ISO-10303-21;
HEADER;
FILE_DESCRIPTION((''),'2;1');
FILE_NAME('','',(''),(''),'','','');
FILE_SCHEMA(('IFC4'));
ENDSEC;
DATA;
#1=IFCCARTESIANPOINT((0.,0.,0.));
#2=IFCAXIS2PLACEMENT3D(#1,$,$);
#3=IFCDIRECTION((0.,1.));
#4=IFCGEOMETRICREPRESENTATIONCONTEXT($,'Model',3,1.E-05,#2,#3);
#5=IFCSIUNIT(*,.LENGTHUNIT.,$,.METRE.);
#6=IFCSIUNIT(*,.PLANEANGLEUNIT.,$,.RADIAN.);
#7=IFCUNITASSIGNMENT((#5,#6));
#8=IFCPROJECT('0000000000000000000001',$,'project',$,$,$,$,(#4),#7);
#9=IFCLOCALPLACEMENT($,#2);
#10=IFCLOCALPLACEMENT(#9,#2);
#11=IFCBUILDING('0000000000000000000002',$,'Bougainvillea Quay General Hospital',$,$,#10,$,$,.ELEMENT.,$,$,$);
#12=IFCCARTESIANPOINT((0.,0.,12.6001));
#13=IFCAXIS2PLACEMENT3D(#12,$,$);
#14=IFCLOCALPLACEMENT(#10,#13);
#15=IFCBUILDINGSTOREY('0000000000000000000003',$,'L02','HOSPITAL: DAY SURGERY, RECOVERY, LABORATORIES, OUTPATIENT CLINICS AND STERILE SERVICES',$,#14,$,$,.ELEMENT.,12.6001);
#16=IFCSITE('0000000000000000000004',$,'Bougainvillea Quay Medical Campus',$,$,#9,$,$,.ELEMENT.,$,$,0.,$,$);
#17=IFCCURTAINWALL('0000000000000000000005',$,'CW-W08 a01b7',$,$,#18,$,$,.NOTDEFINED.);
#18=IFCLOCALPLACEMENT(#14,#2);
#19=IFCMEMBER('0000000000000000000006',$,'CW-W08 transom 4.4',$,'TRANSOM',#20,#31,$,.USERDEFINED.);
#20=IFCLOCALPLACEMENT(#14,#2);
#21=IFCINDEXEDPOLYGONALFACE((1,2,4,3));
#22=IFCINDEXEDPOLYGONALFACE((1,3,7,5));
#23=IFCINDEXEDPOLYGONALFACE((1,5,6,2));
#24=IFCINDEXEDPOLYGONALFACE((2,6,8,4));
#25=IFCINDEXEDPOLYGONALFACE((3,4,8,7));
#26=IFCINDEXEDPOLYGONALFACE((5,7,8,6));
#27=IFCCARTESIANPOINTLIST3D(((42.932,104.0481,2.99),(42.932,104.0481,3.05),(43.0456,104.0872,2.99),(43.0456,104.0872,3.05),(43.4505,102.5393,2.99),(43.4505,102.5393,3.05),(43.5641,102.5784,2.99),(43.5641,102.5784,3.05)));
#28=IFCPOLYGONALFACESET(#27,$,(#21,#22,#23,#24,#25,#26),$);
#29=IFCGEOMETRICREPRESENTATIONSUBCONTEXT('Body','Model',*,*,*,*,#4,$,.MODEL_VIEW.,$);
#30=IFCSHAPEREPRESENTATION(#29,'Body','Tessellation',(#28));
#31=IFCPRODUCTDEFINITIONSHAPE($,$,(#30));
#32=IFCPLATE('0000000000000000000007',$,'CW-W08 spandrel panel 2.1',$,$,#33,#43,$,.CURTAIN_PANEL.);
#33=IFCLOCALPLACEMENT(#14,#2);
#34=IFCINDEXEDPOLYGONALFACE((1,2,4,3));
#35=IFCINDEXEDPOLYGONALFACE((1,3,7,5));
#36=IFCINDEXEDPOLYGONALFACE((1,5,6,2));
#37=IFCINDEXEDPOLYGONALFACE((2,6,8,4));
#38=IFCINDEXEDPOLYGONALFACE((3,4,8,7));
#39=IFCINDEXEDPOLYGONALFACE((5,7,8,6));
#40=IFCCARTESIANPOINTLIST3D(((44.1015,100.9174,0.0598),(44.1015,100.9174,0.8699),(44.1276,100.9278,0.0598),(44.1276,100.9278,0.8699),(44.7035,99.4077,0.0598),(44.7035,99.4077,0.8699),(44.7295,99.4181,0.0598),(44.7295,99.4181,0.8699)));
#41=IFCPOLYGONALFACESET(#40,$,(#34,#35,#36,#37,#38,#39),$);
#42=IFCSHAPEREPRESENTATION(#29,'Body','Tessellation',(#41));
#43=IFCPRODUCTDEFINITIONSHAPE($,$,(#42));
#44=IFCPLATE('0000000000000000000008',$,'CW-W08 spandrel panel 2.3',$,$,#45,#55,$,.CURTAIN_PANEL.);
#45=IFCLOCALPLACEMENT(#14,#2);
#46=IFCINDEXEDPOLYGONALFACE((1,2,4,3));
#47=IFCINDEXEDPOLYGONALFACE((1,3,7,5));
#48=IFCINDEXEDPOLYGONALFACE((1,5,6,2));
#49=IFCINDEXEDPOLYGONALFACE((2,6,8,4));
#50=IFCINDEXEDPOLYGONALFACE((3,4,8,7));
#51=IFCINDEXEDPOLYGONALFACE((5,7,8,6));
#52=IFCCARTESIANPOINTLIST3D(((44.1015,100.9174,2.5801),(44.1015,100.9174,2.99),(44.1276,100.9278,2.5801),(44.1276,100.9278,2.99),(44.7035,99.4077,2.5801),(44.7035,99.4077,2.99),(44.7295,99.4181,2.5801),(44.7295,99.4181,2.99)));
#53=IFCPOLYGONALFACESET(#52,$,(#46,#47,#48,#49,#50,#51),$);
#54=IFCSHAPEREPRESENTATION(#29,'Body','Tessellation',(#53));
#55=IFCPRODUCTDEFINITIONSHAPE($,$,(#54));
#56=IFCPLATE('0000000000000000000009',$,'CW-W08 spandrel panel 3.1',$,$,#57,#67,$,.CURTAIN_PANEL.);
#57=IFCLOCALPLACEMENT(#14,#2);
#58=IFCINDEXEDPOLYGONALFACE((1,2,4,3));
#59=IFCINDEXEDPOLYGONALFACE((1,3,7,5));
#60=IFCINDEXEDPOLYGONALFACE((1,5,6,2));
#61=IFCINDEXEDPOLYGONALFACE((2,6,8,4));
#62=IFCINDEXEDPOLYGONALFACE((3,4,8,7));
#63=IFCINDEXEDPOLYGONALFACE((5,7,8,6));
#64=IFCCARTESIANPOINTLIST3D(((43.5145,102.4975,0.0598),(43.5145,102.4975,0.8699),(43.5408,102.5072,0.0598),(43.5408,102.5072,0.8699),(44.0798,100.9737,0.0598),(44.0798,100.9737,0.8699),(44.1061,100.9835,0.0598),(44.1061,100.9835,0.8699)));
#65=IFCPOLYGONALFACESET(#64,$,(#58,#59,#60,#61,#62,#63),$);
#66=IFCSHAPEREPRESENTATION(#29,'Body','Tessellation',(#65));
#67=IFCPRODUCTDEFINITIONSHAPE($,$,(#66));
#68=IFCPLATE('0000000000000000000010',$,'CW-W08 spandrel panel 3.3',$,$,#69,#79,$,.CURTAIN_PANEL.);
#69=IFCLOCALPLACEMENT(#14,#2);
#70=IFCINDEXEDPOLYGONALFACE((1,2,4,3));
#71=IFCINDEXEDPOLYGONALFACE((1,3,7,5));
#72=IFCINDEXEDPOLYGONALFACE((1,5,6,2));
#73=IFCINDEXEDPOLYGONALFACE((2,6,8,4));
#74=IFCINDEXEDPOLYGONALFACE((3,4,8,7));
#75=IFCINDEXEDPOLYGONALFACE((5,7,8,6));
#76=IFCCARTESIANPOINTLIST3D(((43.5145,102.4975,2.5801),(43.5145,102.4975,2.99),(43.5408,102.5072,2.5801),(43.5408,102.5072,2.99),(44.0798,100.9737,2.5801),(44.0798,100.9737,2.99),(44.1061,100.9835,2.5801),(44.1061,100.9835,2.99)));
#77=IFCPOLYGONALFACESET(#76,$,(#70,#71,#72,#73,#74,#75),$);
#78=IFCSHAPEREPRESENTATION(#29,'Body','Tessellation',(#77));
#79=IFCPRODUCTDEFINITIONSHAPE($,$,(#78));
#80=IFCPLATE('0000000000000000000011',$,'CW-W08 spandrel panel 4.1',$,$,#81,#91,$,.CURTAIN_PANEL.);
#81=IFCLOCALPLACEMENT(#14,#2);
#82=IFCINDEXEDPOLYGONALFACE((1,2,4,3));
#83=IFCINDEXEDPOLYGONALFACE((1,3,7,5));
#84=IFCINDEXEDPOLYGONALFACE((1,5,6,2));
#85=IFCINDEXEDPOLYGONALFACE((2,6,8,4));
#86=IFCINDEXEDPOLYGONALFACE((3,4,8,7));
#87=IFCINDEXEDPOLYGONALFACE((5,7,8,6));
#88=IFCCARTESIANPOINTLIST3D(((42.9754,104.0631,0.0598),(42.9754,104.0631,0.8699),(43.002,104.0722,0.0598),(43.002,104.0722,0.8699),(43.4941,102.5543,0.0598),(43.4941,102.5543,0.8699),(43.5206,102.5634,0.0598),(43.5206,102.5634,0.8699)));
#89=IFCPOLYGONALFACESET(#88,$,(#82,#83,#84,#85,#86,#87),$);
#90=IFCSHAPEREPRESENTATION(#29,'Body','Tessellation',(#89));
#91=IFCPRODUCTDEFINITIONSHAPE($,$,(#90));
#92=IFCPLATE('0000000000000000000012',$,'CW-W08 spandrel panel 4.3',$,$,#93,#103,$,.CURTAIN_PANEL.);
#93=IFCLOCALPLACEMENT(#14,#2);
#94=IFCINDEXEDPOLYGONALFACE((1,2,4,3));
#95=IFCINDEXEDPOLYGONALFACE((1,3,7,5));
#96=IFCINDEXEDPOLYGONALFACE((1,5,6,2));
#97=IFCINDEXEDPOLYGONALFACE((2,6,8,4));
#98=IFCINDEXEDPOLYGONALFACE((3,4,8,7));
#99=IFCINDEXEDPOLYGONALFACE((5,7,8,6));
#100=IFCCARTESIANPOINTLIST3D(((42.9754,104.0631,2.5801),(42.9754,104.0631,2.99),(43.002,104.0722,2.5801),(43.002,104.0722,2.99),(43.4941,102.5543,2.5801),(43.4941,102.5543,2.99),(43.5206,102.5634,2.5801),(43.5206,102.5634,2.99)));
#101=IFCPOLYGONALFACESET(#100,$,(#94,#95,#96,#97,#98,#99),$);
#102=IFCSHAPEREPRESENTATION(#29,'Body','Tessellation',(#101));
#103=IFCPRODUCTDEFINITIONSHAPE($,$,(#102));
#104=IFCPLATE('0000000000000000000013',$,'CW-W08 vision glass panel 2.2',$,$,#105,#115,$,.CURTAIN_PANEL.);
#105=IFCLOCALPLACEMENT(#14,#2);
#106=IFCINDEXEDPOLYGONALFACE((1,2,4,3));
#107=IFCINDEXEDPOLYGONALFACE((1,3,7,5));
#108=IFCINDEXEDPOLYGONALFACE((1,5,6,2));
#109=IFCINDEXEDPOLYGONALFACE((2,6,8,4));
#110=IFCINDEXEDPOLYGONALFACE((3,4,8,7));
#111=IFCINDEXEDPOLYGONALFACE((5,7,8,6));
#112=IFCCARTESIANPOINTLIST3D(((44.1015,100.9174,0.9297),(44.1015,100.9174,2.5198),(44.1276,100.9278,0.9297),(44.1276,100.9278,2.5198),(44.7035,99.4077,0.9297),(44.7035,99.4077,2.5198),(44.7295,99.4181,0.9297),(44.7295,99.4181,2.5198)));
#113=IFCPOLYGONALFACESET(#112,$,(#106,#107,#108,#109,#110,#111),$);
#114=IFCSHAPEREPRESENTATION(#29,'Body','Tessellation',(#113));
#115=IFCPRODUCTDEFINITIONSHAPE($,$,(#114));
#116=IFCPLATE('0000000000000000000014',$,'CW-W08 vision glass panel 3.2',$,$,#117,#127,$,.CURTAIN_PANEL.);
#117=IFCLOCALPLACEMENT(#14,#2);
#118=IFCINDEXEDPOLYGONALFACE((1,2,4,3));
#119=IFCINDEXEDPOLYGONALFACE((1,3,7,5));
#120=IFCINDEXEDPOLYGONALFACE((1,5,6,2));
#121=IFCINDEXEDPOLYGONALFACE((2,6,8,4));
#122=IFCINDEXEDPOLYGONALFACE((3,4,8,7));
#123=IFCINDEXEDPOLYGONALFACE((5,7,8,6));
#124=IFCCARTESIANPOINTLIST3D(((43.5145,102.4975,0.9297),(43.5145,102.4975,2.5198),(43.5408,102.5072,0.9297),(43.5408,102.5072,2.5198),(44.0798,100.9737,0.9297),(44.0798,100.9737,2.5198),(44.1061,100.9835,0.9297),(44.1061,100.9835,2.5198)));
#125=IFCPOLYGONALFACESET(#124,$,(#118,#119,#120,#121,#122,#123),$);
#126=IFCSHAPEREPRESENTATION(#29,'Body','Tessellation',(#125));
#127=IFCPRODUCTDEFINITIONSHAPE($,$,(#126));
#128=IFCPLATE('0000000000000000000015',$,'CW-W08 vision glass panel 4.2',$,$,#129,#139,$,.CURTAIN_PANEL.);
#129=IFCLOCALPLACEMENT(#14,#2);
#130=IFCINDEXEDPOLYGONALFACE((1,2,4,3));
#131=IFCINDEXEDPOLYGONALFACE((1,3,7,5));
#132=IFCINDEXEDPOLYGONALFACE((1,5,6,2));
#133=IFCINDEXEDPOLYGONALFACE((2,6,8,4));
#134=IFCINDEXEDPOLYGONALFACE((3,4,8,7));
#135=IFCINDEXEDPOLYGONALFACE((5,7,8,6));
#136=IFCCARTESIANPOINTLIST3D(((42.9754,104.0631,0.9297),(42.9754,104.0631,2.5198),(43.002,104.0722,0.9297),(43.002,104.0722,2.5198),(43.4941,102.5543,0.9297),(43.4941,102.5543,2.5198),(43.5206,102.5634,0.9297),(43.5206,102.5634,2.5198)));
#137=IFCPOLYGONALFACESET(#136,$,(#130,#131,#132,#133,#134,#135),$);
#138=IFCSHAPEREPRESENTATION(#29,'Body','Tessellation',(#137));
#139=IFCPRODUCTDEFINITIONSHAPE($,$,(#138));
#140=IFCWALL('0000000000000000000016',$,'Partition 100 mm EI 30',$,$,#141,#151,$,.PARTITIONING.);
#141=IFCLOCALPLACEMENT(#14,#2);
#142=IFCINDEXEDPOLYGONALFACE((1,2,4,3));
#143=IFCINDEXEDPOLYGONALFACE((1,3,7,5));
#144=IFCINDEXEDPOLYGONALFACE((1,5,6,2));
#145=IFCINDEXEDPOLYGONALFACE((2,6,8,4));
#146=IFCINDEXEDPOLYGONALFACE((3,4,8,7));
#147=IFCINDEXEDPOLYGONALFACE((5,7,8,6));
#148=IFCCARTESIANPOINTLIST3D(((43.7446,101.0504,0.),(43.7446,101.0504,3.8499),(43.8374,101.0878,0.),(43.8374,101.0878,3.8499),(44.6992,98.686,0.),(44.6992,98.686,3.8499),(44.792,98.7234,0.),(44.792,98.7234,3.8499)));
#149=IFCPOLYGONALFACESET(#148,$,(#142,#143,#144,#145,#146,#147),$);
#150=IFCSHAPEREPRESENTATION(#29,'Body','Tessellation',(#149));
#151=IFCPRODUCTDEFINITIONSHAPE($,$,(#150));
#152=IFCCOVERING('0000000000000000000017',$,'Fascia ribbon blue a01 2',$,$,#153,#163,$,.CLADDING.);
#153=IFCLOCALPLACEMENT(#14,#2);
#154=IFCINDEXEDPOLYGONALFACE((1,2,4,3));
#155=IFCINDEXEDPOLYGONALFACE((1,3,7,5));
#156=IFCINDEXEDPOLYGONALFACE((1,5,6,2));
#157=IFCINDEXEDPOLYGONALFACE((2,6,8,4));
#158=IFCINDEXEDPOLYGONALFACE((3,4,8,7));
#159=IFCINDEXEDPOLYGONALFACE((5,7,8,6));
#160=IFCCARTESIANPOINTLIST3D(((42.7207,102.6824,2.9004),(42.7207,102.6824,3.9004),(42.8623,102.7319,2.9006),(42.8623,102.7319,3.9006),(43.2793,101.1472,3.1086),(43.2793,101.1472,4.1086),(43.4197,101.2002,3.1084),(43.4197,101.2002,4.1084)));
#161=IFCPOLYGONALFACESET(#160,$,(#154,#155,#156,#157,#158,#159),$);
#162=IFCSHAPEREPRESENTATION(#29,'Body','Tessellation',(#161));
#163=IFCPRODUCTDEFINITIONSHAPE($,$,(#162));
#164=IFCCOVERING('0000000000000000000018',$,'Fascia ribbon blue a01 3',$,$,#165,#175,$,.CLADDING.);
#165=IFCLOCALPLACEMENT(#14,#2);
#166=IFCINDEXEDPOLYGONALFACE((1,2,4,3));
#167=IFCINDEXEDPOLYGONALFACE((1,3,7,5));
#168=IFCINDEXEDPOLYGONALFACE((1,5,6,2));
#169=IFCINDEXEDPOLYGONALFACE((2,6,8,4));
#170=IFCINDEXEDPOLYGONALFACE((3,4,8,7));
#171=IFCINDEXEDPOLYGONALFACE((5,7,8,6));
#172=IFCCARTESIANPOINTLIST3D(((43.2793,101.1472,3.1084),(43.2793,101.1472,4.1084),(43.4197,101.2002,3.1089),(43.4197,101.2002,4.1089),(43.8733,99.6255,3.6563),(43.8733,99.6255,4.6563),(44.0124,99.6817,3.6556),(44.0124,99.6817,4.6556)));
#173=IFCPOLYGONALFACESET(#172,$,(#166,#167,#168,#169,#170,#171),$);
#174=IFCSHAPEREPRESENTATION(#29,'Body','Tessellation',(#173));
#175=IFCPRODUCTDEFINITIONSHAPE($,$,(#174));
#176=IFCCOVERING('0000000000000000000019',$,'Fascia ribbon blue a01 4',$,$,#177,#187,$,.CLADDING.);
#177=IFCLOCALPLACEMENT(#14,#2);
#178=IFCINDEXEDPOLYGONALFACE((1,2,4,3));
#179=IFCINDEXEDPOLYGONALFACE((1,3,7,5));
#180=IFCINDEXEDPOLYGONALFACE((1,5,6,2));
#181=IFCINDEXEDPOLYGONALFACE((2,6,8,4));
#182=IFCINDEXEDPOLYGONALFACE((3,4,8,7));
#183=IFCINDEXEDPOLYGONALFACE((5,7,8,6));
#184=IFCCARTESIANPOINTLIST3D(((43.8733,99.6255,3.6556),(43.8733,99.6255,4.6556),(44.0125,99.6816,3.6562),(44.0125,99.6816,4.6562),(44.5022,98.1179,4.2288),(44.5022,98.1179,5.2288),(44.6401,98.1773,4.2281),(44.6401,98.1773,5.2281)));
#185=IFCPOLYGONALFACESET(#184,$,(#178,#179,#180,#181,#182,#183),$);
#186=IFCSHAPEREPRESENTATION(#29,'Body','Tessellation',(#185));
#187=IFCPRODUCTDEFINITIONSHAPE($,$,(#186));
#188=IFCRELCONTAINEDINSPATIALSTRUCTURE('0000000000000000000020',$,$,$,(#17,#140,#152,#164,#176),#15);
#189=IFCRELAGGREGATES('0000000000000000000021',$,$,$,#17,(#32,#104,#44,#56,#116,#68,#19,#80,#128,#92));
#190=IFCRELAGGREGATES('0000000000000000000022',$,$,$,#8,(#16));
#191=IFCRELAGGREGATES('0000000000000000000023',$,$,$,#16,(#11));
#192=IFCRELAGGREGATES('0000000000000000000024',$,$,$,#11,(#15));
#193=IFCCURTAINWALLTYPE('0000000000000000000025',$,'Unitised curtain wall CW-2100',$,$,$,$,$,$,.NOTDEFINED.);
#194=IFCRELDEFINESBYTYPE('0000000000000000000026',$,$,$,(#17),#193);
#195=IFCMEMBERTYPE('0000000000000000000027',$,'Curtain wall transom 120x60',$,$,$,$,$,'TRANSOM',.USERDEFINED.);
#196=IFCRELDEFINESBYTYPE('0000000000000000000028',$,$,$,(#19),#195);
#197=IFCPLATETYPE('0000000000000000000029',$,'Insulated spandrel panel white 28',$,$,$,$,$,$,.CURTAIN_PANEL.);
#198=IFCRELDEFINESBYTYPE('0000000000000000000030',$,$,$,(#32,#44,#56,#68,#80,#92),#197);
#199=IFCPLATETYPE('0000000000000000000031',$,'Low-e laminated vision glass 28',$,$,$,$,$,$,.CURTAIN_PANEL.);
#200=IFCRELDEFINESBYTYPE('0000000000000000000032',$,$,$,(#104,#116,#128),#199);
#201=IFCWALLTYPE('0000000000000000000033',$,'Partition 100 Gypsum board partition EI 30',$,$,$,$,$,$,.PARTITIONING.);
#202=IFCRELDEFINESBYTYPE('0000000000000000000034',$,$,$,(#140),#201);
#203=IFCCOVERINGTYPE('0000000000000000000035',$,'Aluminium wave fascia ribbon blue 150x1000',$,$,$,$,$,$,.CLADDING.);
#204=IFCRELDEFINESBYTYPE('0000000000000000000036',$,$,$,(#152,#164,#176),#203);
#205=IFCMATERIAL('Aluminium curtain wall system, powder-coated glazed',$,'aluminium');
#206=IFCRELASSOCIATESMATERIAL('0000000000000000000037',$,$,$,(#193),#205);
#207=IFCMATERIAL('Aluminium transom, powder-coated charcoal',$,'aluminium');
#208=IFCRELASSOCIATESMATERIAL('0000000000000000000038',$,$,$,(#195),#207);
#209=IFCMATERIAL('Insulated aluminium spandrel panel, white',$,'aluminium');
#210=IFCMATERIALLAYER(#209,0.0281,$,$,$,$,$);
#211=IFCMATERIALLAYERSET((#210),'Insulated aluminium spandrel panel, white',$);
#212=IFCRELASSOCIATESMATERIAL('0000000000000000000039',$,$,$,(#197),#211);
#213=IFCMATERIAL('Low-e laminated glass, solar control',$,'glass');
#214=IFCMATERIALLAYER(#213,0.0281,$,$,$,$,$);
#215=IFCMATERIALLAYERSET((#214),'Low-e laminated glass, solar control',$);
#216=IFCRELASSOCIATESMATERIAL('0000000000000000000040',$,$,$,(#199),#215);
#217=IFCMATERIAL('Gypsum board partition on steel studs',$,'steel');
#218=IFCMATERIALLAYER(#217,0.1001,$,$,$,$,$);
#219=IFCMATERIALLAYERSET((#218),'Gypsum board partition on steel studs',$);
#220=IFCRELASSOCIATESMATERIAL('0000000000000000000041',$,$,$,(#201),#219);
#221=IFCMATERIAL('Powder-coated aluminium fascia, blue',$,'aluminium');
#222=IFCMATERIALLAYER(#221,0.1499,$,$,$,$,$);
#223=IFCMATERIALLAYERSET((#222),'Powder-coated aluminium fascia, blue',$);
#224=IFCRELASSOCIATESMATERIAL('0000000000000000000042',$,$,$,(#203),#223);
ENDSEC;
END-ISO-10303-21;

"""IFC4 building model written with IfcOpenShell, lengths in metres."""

from ifc_helpers import new_model, si_unit, direction, frame, frame_2d, origin, origin_2d, place, context, subcontext, project, spatial, polyline, rectangle, outline, extrude, material, layer, layer_set, material_profile, profile_set, type_object, element, aggregate, save


model = new_model("IFC4")

# Units and contexts
model_context = context("Model", 3, precision=1e-05, world=origin(), true_north=direction((0.0, 1.0)))
body_context = subcontext(model_context, "Body", "Model", "MODEL_VIEW")
ifc_project = project(units=[si_unit("LENGTHUNIT", "METRE"), si_unit("PLANEANGLEUNIT", "RADIAN")], contexts=[model_context])

# Site, building, storey
site_placement = place(None, origin())
site = spatial("IfcSite", under=ifc_project, at=site_placement, Name="Bougainvillea Quay Medical Campus", CompositionType="ELEMENT", RefElevation=0.0)
building_placement = place(site_placement, origin())
building = spatial("IfcBuilding", under=site, at=building_placement, Name="Bougainvillea Quay General Hospital", CompositionType="ELEMENT")
storey_placement = place(building_placement, frame((0.0, 0.0, 12.6001)))
storey = spatial("IfcBuildingStorey", under=building, at=storey_placement, Name="L02", Description="HOSPITAL: DAY SURGERY, RECOVERY, LABORATORIES, OUTPATIENT CLINICS AND STERILE SERVICES", CompositionType="ELEMENT", Elevation=12.6001)

# Curtain wall, member, plates
ifc_material_1 = material(Name="Aluminium curtain wall system, powder-coated glazed", Category="aluminium")
curtain_wall_type = type_object("IfcCurtainWallType", Name="Unitised curtain wall CW-2100", PredefinedType="NOTDEFINED", material=ifc_material_1)
curtain_wall_placement = place(storey_placement, origin())
curtain_wall = element("IfcCurtainWall", 1, at=curtain_wall_placement, inside=storey, type_object=curtain_wall_type, Name="CW-W08 a01b7", PredefinedType="NOTDEFINED")
ifc_material_2 = material(Name="Aluminium transom, powder-coated charcoal", Category="aluminium")
ifc_material_profile_1 = material_profile(ifc_material_2, rectangle(XDim=0.1201, YDim=0.0601, at=origin_2d()))
ifc_profile_set_1 = profile_set([ifc_material_profile_1], Name="Aluminium transom, powder-coated charcoal")
member_type_1 = type_object("IfcMemberType", Name="Curtain wall transom 120x60", ElementType="TRANSOM", PredefinedType="USERDEFINED", material=ifc_profile_set_1)
member_1_placement = place(storey_placement, frame((43.5073, 102.5588, 3.02), z_axis=(-0.325028, 0.945704, 0.0), x_axis=(-0.945704, -0.325028, 0.0)))
member_1 = element("IfcMember", 2, at=member_1_placement, type_object=member_type_1, Name="CW-W08 transom 4.4", ObjectType="TRANSOM", PredefinedType="USERDEFINED", context=body_context, shape_type="SweptSolid", body=[
    extrude(rectangle(XDim=0.1201, YDim=0.0601, at=origin_2d()), origin(), (0.0, 0.0, 1.0), 1.5955),
])
ifc_material_3 = material(Name="Insulated aluminium spandrel panel, white", Category="aluminium")
ifc_layer_1 = layer(ifc_material_3, 0.0281)
ifc_layer_set_1 = layer_set([ifc_layer_1], Name="Insulated aluminium spandrel panel, white")
plate_type_1 = type_object("IfcPlateType", Name="Insulated spandrel panel white 28", PredefinedType="CURTAIN_PANEL", material=ifc_layer_set_1)
plate_1_placement = place(storey_placement, frame((44.4155, 100.1677, 0.0598), z_axis=(0.0, 0.0, 1.0), x_axis=(-0.370384, 0.928879, 0.0)))
plate_1 = element("IfcPlate", 3, at=plate_1_placement, type_object=plate_type_1, Name="CW-W08 spandrel panel 2.1", PredefinedType="CURTAIN_PANEL", context=body_context, shape_type="SweptSolid", body=[
    extrude(rectangle(XDim=1.6252, YDim=0.0281, at=origin_2d()), origin(), (0.0, 0.0, 1.0), 0.8101),
])
plate_2_placement = place(storey_placement, frame((44.4155, 100.1677, 2.5801), z_axis=(0.0, 0.0, 1.0), x_axis=(-0.370384, 0.928879, 0.0)))
plate_2 = element("IfcPlate", 4, at=plate_2_placement, type_object=plate_type_1, Name="CW-W08 spandrel panel 2.3", PredefinedType="CURTAIN_PANEL", context=body_context, shape_type="SweptSolid", body=[
    extrude(rectangle(XDim=1.6252, YDim=0.0281, at=origin_2d()), origin(), (0.0, 0.0, 1.0), 0.4099),
])
plate_3_placement = place(storey_placement, frame((43.8103, 101.7405, 0.0598), z_axis=(0.0, 0.0, 1.0), x_axis=(-0.347833, 0.937556, 0.0)))
plate_3 = element("IfcPlate", 5, at=plate_3_placement, type_object=plate_type_1, Name="CW-W08 spandrel panel 3.1", PredefinedType="CURTAIN_PANEL", context=body_context, shape_type="SweptSolid", body=[
    extrude(rectangle(XDim=1.6252, YDim=0.0281, at=origin_2d()), origin(), (0.0, 0.0, 1.0), 0.8101),
])
plate_4_placement = place(storey_placement, frame((43.8103, 101.7405, 2.5801), z_axis=(0.0, 0.0, 1.0), x_axis=(-0.347833, 0.937556, 0.0)))
plate_4 = element("IfcPlate", 6, at=plate_4_placement, type_object=plate_type_1, Name="CW-W08 spandrel panel 3.3", PredefinedType="CURTAIN_PANEL", context=body_context, shape_type="SweptSolid", body=[
    extrude(rectangle(XDim=1.6252, YDim=0.0281, at=origin_2d()), origin(), (0.0, 0.0, 1.0), 0.4099),
])
plate_5_placement = place(storey_placement, frame((43.248, 103.3132, 0.0598), z_axis=(0.0, 0.0, 1.0), x_axis=(-0.325079, 0.945687, 0.0)))
plate_5 = element("IfcPlate", 7, at=plate_5_placement, type_object=plate_type_1, Name="CW-W08 spandrel panel 4.1", PredefinedType="CURTAIN_PANEL", context=body_context, shape_type="SweptSolid", body=[
    extrude(rectangle(XDim=1.5955, YDim=0.0281, at=origin_2d()), origin(), (0.0, 0.0, 1.0), 0.8101),
])
plate_6_placement = place(storey_placement, frame((43.248, 103.3132, 2.5801), z_axis=(0.0, 0.0, 1.0), x_axis=(-0.325079, 0.945687, 0.0)))
plate_6 = element("IfcPlate", 8, at=plate_6_placement, type_object=plate_type_1, Name="CW-W08 spandrel panel 4.3", PredefinedType="CURTAIN_PANEL", context=body_context, shape_type="SweptSolid", body=[
    extrude(rectangle(XDim=1.5955, YDim=0.0281, at=origin_2d()), origin(), (0.0, 0.0, 1.0), 0.4099),
])
ifc_material_4 = material(Name="Low-e laminated glass, solar control", Category="glass")
ifc_layer_2 = layer(ifc_material_4, 0.0281)
ifc_layer_set_2 = layer_set([ifc_layer_2], Name="Low-e laminated glass, solar control")
plate_type_2 = type_object("IfcPlateType", Name="Low-e laminated vision glass 28", PredefinedType="CURTAIN_PANEL", material=ifc_layer_set_2)
plate_7_placement = place(storey_placement, frame((44.4155, 100.1677, 0.9297), z_axis=(0.0, 0.0, 1.0), x_axis=(-0.370384, 0.928879, 0.0)))
plate_7 = element("IfcPlate", 9, at=plate_7_placement, type_object=plate_type_2, Name="CW-W08 vision glass panel 2.2", PredefinedType="CURTAIN_PANEL", context=body_context, shape_type="SweptSolid", body=[
    extrude(rectangle(XDim=1.6252, YDim=0.0281, at=origin_2d()), origin(), (0.0, 0.0, 1.0), 1.5901),
])
plate_8_placement = place(storey_placement, frame((43.8103, 101.7405, 0.9297), z_axis=(0.0, 0.0, 1.0), x_axis=(-0.347833, 0.937556, 0.0)))
plate_8 = element("IfcPlate", 10, at=plate_8_placement, type_object=plate_type_2, Name="CW-W08 vision glass panel 3.2", PredefinedType="CURTAIN_PANEL", context=body_context, shape_type="SweptSolid", body=[
    extrude(rectangle(XDim=1.6252, YDim=0.0281, at=origin_2d()), origin(), (0.0, 0.0, 1.0), 1.5901),
])
plate_9_placement = place(storey_placement, frame((43.248, 103.3132, 0.9297), z_axis=(0.0, 0.0, 1.0), x_axis=(-0.325079, 0.945687, 0.0)))
plate_9 = element("IfcPlate", 11, at=plate_9_placement, type_object=plate_type_2, Name="CW-W08 vision glass panel 4.2", PredefinedType="CURTAIN_PANEL", context=body_context, shape_type="SweptSolid", body=[
    extrude(rectangle(XDim=1.5955, YDim=0.0281, at=origin_2d()), origin(), (0.0, 0.0, 1.0), 1.5901),
])
aggregate(curtain_wall, [plate_1, plate_7, plate_2, plate_3, plate_8, plate_4, member_1, plate_5, plate_9, plate_6])

# Wall
ifc_material_5 = material(Name="Gypsum board partition on steel studs", Category="steel")
ifc_layer_3 = layer(ifc_material_5, 0.1001)
ifc_layer_set_3 = layer_set([ifc_layer_3], Name="Gypsum board partition on steel studs")
wall_type = type_object("IfcWallType", Name="Partition 100 Gypsum board partition EI 30", PredefinedType="PARTITIONING", material=ifc_layer_set_3)
wall_placement = place(storey_placement, frame((43.791, 101.0691, 0.0), z_axis=(0.0, 0.0, 1.0), x_axis=(0.37436, -0.927283, 0.0)))
element("IfcWall", 12, at=wall_placement, inside=storey, type_object=wall_type, Name="Partition 100 mm EI 30", PredefinedType="PARTITIONING", context=body_context, shape_type="SweptSolid", body=[
    extrude(rectangle(XDim=2.5498, YDim=0.1001, at=frame_2d((1.2749, 0.0))), origin(), (0.0, 0.0, 1.0), 3.8499),
])

# Coverings
ifc_material_6 = material(Name="Powder-coated aluminium fascia, blue", Category="aluminium")
ifc_layer_4 = layer(ifc_material_6, 0.1499)
ifc_layer_set_4 = layer_set([ifc_layer_4], Name="Powder-coated aluminium fascia, blue")
covering_type = type_object("IfcCoveringType", Name="Aluminium wave fascia ribbon blue 150x1000", PredefinedType="CLADDING", material=ifc_layer_set_4)
covering_1_placement = place(storey_placement, frame((42.8623, 102.7319, 2.9006), z_axis=(-0.043213, 0.118834, 0.991973), x_axis=(0.339203, -0.932176, 0.126447)))
element("IfcCovering", 13, at=covering_1_placement, inside=storey, type_object=covering_type, Name="Fascia ribbon blue a01 2", PredefinedType="CLADDING", context=body_context, shape_type="SweptSolid", body=[
    extrude(outline(polyline([(0.0, 0.0), (1.6432, 0.0), (1.645, -0.15), (-0.0019, -0.15), (0.0, 0.0)])), origin(), (0.126447, -0.000027, 0.991973), 1.0),
])
covering_2_placement = place(storey_placement, frame((43.4197, 101.2002, 3.1089), z_axis=(-0.114907, 0.296459, 0.948108), x_axis=(0.344762, -0.883203, 0.317948)))
element("IfcCovering", 14, at=covering_2_placement, inside=storey, type_object=covering_type, Name="Fascia ribbon blue a01 3", PredefinedType="CLADDING", context=body_context, shape_type="SweptSolid", body=[
    extrude(outline(polyline([(0.0, 0.0), (1.7194, 0.0), (1.7212, -0.1501), (-0.0018, -0.15), (0.0, 0.0)])), origin(), (0.317948, -0.000721, 0.948108), 1.0),
])
covering_3_placement = place(storey_placement, frame((44.0125, 99.6816, 3.6562), z_axis=(-0.127351, 0.305589, 0.943609), x_axis=(0.363348, -0.870848, 0.331063)))
element("IfcCovering", 15, at=covering_3_placement, inside=storey, type_object=covering_type, Name="Fascia ribbon blue a01 4", PredefinedType="CLADDING", context=body_context, shape_type="SweptSolid", body=[
    extrude(outline(polyline([(0.0, 0.0), (1.7275, 0.0), (1.7292, -0.1501), (-0.0019, -0.1501), (0.0, 0.0)])), origin(), (0.331063, -0.000132, 0.943609), 1.0),
])

save(model, "model.ifc")
